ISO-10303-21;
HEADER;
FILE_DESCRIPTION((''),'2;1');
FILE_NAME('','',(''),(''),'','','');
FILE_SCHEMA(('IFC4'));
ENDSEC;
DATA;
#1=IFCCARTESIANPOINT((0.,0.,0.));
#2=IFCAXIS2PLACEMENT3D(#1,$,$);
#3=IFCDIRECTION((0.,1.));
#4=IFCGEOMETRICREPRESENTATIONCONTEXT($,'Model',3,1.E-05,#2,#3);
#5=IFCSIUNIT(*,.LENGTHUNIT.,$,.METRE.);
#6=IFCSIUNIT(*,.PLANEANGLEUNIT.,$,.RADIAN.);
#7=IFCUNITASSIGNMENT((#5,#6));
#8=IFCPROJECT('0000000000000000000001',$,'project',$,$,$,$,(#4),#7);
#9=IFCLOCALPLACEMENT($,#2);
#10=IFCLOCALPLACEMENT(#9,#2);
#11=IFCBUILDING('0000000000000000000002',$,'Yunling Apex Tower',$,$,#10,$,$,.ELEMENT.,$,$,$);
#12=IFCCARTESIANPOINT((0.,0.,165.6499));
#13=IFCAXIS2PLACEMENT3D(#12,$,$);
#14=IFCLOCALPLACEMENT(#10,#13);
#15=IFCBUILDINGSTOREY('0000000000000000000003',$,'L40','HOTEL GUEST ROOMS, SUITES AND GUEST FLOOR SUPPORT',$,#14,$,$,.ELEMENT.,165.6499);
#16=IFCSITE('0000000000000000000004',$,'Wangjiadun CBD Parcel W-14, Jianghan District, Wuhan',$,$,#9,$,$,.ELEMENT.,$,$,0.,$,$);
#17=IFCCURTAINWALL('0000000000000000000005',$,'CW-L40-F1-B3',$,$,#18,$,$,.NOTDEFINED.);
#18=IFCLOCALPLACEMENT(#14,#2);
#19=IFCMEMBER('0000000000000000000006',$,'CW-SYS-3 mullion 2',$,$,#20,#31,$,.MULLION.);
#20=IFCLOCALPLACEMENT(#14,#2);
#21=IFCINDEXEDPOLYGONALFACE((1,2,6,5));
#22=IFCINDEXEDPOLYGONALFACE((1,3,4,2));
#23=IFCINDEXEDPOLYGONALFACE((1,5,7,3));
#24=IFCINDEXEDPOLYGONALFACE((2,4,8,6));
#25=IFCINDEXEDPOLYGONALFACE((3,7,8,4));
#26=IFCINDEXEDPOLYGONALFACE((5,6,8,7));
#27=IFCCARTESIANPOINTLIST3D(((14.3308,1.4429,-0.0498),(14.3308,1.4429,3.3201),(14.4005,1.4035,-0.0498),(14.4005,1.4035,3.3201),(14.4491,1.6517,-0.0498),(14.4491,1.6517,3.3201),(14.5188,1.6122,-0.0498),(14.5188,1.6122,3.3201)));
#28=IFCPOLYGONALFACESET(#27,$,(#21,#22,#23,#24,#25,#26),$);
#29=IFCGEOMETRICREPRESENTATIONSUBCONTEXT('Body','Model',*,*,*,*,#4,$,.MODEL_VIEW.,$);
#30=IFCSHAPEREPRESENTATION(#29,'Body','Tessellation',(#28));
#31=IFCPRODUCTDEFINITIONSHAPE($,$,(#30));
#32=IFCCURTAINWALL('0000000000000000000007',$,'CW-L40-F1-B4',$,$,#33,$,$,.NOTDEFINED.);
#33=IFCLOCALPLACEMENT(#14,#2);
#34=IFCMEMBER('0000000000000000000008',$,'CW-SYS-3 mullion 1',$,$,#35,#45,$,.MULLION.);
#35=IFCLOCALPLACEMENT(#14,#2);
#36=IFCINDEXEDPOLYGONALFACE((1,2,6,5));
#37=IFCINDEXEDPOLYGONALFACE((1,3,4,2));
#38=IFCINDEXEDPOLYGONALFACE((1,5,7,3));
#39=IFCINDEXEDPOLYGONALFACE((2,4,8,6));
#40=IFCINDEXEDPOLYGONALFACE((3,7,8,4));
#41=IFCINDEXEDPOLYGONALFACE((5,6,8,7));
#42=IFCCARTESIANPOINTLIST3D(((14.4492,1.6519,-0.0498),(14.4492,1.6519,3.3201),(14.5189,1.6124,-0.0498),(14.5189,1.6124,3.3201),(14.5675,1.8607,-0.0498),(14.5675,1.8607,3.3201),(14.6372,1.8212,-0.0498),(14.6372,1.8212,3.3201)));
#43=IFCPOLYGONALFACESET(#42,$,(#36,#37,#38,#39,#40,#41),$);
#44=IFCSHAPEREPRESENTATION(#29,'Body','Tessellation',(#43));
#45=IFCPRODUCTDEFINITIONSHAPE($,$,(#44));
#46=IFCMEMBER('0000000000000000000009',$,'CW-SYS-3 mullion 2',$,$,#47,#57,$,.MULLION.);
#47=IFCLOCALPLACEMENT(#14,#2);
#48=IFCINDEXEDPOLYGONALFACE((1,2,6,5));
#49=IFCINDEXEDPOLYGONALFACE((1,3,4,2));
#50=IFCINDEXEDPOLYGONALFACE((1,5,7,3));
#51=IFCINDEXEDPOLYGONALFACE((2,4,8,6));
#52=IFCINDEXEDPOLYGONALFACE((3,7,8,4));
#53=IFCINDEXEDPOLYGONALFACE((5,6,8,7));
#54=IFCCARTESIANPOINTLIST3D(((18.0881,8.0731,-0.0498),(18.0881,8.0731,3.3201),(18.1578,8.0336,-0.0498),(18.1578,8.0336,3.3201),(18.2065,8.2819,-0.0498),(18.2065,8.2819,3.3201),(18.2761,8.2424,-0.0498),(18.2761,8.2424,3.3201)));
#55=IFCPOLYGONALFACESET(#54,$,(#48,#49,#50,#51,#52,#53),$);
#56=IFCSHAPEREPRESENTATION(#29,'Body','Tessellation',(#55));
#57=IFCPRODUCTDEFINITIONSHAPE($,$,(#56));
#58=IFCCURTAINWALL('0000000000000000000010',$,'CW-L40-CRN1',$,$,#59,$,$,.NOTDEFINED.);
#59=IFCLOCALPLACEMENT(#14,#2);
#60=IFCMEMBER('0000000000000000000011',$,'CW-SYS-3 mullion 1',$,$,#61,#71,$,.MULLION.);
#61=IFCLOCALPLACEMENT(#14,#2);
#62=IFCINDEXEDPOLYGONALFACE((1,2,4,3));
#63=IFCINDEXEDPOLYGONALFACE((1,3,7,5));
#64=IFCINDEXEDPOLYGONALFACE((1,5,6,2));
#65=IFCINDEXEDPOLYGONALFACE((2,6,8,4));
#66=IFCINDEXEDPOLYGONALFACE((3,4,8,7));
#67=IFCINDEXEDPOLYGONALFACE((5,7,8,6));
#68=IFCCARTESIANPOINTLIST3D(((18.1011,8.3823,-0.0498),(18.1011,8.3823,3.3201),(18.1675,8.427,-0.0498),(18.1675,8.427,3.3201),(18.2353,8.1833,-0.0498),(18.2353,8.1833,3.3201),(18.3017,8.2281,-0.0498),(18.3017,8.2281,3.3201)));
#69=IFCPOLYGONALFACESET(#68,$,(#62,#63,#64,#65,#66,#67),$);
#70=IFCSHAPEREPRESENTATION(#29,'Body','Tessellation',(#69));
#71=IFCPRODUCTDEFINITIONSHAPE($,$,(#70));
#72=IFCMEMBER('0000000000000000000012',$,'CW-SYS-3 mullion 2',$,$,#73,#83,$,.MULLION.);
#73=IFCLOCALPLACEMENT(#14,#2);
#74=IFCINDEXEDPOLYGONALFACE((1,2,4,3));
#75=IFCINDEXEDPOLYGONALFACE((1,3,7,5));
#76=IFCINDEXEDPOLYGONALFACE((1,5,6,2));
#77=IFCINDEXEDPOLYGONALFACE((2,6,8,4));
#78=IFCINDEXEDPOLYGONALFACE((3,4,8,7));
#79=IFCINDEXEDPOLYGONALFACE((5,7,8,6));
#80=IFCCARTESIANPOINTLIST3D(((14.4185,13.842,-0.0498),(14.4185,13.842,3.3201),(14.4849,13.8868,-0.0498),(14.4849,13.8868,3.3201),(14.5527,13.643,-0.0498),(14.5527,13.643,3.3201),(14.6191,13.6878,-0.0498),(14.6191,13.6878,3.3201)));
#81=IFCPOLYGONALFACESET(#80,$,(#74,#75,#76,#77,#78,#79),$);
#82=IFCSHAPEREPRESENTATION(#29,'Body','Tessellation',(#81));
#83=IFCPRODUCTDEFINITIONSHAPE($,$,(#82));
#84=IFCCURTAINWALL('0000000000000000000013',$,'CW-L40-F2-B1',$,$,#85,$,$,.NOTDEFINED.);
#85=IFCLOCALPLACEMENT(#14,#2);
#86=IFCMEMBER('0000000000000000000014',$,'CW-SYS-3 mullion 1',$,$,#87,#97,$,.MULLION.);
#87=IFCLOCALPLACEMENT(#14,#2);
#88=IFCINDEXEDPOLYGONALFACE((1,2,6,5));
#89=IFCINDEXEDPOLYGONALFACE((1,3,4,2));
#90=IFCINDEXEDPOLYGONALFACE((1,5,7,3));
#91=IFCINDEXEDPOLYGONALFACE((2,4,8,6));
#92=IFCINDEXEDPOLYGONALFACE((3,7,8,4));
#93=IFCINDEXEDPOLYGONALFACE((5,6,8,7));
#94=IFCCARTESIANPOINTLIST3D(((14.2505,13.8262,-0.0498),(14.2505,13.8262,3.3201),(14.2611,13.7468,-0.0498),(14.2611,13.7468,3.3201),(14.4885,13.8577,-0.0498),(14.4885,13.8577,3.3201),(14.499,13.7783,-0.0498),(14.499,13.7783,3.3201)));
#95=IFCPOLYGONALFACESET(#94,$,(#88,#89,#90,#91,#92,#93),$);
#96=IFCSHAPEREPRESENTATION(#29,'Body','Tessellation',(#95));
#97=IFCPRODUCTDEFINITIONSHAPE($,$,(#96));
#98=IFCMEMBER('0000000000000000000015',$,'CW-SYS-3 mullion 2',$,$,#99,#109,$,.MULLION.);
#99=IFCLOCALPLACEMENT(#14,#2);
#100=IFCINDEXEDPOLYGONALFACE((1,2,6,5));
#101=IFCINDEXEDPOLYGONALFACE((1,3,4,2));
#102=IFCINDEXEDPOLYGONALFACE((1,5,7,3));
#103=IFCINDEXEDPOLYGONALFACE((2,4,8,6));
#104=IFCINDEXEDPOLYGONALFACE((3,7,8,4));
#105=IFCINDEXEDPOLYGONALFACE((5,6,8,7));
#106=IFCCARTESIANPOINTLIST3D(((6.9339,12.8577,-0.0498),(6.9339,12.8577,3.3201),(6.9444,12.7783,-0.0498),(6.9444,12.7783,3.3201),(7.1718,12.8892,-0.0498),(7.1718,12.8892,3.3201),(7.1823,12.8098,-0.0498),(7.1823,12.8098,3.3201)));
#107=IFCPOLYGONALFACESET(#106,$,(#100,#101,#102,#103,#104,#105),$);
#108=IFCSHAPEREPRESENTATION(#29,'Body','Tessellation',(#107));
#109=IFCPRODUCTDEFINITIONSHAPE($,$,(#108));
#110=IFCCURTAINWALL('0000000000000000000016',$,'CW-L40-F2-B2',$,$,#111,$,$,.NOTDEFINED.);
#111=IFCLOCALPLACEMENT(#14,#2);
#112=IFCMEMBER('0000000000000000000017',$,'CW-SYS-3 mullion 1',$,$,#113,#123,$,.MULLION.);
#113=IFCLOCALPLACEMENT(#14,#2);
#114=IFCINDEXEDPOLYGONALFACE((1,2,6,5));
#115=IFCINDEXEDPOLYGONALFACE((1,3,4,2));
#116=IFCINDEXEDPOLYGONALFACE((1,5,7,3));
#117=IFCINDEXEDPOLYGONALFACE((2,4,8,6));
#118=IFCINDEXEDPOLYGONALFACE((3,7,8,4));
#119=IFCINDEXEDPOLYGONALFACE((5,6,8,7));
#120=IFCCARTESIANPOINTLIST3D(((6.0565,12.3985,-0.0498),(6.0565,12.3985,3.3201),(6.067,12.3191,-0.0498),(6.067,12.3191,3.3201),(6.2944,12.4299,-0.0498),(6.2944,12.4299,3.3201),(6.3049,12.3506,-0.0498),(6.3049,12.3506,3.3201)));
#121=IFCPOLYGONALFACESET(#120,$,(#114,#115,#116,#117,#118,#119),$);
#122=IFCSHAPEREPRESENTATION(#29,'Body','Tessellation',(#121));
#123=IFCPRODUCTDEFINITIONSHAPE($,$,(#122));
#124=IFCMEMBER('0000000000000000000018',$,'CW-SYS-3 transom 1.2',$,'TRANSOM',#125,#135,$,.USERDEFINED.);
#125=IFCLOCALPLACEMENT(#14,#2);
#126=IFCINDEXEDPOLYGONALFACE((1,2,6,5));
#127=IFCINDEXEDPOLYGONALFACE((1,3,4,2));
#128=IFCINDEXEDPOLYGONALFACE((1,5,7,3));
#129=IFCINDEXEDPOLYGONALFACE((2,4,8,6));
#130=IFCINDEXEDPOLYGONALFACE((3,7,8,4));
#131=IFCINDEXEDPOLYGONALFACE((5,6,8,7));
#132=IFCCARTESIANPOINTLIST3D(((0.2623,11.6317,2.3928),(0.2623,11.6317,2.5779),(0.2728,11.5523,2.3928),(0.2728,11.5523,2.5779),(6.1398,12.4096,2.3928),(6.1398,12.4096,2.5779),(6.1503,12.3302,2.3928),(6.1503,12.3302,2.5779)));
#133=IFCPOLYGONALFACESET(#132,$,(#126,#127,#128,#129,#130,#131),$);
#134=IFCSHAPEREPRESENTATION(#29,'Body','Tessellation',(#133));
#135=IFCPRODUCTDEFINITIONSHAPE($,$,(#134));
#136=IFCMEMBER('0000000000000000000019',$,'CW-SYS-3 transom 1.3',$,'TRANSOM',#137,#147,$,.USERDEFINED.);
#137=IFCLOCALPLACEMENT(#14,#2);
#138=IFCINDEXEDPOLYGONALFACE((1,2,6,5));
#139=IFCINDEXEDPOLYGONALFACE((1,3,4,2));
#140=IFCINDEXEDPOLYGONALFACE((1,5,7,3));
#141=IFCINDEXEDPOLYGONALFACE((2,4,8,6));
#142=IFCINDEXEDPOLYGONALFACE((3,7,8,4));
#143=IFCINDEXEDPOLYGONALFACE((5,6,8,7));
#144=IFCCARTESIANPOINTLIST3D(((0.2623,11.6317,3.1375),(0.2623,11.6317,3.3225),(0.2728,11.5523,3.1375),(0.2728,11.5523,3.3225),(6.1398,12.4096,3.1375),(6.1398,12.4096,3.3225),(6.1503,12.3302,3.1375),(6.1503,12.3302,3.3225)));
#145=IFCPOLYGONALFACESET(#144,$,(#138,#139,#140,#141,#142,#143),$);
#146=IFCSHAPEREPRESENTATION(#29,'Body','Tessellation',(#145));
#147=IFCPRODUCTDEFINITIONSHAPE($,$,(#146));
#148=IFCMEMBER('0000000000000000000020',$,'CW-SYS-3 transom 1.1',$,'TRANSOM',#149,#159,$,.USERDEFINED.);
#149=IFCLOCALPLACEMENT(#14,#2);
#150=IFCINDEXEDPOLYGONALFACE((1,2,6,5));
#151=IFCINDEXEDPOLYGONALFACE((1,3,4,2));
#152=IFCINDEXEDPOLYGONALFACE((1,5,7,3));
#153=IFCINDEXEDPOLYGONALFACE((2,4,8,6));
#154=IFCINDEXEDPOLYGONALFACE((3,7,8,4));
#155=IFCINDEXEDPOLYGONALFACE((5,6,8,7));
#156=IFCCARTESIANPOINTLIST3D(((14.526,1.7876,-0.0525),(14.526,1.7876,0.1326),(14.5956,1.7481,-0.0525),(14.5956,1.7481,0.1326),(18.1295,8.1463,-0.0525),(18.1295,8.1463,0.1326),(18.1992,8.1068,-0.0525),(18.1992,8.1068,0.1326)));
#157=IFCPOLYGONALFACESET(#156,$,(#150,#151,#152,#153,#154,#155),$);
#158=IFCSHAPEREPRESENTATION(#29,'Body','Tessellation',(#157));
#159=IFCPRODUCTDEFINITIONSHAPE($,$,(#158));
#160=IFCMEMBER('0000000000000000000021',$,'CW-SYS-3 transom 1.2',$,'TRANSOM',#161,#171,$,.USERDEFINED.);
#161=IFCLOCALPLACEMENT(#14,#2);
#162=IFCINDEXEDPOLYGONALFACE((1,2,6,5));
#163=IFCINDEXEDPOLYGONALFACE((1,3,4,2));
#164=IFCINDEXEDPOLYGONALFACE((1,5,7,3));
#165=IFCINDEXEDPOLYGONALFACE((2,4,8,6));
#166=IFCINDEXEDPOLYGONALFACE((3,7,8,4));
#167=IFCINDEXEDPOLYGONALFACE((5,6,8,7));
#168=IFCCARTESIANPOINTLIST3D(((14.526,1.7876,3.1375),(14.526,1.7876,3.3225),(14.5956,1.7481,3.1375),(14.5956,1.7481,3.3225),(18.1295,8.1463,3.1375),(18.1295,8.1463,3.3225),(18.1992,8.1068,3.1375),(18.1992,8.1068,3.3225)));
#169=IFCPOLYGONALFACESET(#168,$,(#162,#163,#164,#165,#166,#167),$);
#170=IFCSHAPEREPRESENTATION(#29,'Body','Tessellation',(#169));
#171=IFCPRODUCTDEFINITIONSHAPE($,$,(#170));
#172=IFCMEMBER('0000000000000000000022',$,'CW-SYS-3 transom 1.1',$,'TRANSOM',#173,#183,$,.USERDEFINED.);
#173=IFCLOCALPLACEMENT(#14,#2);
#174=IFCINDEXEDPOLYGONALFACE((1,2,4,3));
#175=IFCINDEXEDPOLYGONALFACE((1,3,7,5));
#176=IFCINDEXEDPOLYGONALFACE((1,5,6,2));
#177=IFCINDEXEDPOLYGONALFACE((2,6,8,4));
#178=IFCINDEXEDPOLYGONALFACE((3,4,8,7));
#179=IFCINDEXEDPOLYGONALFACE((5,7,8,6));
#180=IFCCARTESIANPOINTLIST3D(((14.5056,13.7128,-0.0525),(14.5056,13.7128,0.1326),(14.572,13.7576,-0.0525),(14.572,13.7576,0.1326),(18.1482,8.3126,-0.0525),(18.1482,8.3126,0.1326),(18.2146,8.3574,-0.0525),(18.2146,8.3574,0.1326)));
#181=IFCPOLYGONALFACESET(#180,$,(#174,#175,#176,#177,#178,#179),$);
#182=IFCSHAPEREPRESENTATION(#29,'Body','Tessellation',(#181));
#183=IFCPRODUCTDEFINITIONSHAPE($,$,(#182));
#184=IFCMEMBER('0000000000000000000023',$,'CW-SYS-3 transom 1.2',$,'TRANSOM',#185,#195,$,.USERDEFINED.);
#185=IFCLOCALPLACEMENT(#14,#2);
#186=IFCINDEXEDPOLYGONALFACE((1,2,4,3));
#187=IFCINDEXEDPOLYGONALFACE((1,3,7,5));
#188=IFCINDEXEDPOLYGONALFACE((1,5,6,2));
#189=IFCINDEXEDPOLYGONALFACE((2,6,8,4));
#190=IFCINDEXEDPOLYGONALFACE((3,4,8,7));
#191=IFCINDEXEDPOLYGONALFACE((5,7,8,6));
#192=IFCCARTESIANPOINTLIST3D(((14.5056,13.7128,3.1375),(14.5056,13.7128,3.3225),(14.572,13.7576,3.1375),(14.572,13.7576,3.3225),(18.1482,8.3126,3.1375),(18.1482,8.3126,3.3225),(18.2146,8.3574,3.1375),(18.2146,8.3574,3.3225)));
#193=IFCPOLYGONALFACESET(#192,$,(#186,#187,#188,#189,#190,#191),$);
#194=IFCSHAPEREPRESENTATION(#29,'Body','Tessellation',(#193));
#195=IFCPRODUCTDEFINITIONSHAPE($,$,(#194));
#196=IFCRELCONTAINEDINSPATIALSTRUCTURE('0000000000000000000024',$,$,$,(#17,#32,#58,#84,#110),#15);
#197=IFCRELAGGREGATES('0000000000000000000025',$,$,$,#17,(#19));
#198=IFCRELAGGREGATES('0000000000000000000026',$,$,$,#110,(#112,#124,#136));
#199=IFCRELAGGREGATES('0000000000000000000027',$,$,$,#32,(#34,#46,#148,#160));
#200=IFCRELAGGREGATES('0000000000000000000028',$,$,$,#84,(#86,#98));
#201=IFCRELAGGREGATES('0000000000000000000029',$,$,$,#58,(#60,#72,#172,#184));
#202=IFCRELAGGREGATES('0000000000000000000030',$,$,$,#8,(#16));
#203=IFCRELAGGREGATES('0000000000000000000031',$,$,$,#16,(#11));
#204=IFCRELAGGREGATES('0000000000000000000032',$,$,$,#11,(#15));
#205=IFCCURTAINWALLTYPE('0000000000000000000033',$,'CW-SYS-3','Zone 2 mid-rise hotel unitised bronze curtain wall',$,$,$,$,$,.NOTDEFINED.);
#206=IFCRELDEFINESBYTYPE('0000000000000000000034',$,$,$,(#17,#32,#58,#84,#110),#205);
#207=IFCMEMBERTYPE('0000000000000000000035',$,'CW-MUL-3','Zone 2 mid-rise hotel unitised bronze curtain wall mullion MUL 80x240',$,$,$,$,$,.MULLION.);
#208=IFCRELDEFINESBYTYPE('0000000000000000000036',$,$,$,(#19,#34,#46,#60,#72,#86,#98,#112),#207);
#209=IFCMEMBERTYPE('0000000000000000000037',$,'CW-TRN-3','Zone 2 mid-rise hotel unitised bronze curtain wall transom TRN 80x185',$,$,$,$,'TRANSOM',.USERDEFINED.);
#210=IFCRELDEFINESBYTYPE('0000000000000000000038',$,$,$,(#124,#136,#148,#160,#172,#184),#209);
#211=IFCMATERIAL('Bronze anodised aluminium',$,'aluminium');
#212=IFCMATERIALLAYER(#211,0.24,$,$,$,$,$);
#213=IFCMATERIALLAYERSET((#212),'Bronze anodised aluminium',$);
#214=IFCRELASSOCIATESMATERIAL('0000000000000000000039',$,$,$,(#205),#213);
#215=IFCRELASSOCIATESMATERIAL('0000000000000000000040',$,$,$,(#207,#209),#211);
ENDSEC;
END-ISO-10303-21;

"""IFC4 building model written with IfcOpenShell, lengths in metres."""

from ifc_helpers import new_model, si_unit, direction, frame, origin, origin_2d, place, context, subcontext, project, spatial, rectangle, extrude, source, transform, mapped, material, layer, layer_set, material_profile, profile_set, type_object, element, aggregate, save


model = new_model("IFC4")

# Units and contexts
model_context = context("Model", 3, precision=1e-05, world=origin(), true_north=direction((0.0, 1.0)))
body_context = subcontext(model_context, "Body", "Model", "MODEL_VIEW")
ifc_project = project(units=[si_unit("LENGTHUNIT", "METRE"), si_unit("PLANEANGLEUNIT", "RADIAN")], contexts=[model_context])

# Site, building, storey
site_placement = place(None, origin())
site = spatial("IfcSite", under=ifc_project, at=site_placement, Name="Wangjiadun CBD Parcel W-14, Jianghan District, Wuhan", CompositionType="ELEMENT", RefElevation=0.0)
building_placement = place(site_placement, origin())
building = spatial("IfcBuilding", under=site, at=building_placement, Name="Yunling Apex Tower", CompositionType="ELEMENT")
storey_placement = place(building_placement, frame((0.0, 0.0, 165.6499)))
storey = spatial("IfcBuildingStorey", under=building, at=storey_placement, Name="L40", Description="HOTEL GUEST ROOMS, SUITES AND GUEST FLOOR SUPPORT", CompositionType="ELEMENT", Elevation=165.6499)

# Curtain wall, member
ifc_material_1 = material(Name="Bronze anodised aluminium", Category="aluminium")
ifc_layer_1 = layer(ifc_material_1, 0.24)
ifc_layer_set_1 = layer_set([ifc_layer_1], Name="Bronze anodised aluminium")
curtain_wall_type = type_object("IfcCurtainWallType", Name="CW-SYS-3", Description="Zone 2 mid-rise hotel unitised bronze curtain wall", PredefinedType="NOTDEFINED", material=ifc_layer_set_1)
curtain_wall_1_placement = place(storey_placement, origin())
curtain_wall_1 = element("IfcCurtainWall", 1, at=curtain_wall_1_placement, inside=storey, type_object=curtain_wall_type, Name="CW-L40-F1-B3", PredefinedType="NOTDEFINED")
ifc_material_profile_1 = material_profile(ifc_material_1, rectangle(XDim=0.0801, YDim=0.24, at=origin_2d()))
ifc_profile_set_1 = profile_set([ifc_material_profile_1], Name="Bronze anodised aluminium")
member_type_1 = type_object("IfcMemberType", Name="CW-MUL-3", Description="Zone 2 mid-rise hotel unitised bronze curtain wall mullion MUL 80x240", PredefinedType="MULLION", material=ifc_profile_set_1)
shared_shape_1 = source(origin(), body_context, "Body", "SweptSolid", [
    extrude(rectangle(XDim=0.0801, YDim=0.24, at=origin_2d()), origin(), (0.0, 0.0, 1.0), 3.3699),
])
member_1_placement = place(storey_placement, frame((14.4248, 1.5276, -0.0498), z_axis=(0.0, 0.0, 1.0), x_axis=(-0.870009, 0.493035, 0.0)))
member_1 = element("IfcMember", 2, at=member_1_placement, type_object=member_type_1, Name="CW-SYS-3 mullion 2", PredefinedType="MULLION", context=body_context, shape_type="MappedRepresentation", body=[
    mapped(shared_shape_1, transform((0.0, 0.0, 0.0), scale=1.0)),
])
aggregate(curtain_wall_1, [member_1])

# Curtain walls, members
curtain_wall_2_placement = place(storey_placement, origin())
curtain_wall_2 = element("IfcCurtainWall", 3, at=curtain_wall_2_placement, inside=storey, type_object=curtain_wall_type, Name="CW-L40-F1-B4", PredefinedType="NOTDEFINED")
member_2_placement = place(storey_placement, frame((14.5432, 1.7366, -0.0498), z_axis=(0.0, 0.0, 1.0), x_axis=(-0.870006, 0.493041, 0.0)))
member_2 = element("IfcMember", 4, at=member_2_placement, type_object=member_type_1, Name="CW-SYS-3 mullion 1", PredefinedType="MULLION", context=body_context, shape_type="MappedRepresentation", body=[
    mapped(shared_shape_1, transform((0.0, 0.0, 0.0), scale=1.0)),
])
member_3_placement = place(storey_placement, frame((18.1821, 8.1577, -0.0498), z_axis=(0.0, 0.0, 1.0), x_axis=(-0.870006, 0.493041, 0.0)))
member_3 = element("IfcMember", 5, at=member_3_placement, type_object=member_type_1, Name="CW-SYS-3 mullion 2", PredefinedType="MULLION", context=body_context, shape_type="MappedRepresentation", body=[
    mapped(shared_shape_1, transform((0.0, 0.0, 0.0), scale=1.0)),
])
curtain_wall_3_placement = place(storey_placement, origin())
curtain_wall_3 = element("IfcCurtainWall", 6, at=curtain_wall_3_placement, inside=storey, type_object=curtain_wall_type, Name="CW-L40-CRN1", PredefinedType="NOTDEFINED")
member_4_placement = place(storey_placement, frame((18.2014, 8.3052, -0.0498), z_axis=(0.0, 0.0, 1.0), x_axis=(-0.829038, -0.559193, 0.0)))
member_4 = element("IfcMember", 7, at=member_4_placement, type_object=member_type_1, Name="CW-SYS-3 mullion 1", PredefinedType="MULLION", context=body_context, shape_type="MappedRepresentation", body=[
    mapped(shared_shape_1, transform((0.0, 0.0, 0.0), scale=1.0)),
])
member_5_placement = place(storey_placement, frame((14.5188, 13.7649, -0.0498), z_axis=(0.0, 0.0, 1.0), x_axis=(-0.829038, -0.559193, 0.0)))
member_5 = element("IfcMember", 8, at=member_5_placement, type_object=member_type_1, Name="CW-SYS-3 mullion 2", PredefinedType="MULLION", context=body_context, shape_type="MappedRepresentation", body=[
    mapped(shared_shape_1, transform((0.0, 0.0, 0.0), scale=1.0)),
])
curtain_wall_4_placement = place(storey_placement, origin())
curtain_wall_4 = element("IfcCurtainWall", 9, at=curtain_wall_4_placement, inside=storey, type_object=curtain_wall_type, Name="CW-L40-F2-B1", PredefinedType="NOTDEFINED")
member_6_placement = place(storey_placement, frame((14.3748, 13.8022, -0.0498), z_axis=(0.0, 0.0, 1.0), x_axis=(0.131222, -0.991353, 0.0)))
member_6 = element("IfcMember", 10, at=member_6_placement, type_object=member_type_1, Name="CW-SYS-3 mullion 1", PredefinedType="MULLION", context=body_context, shape_type="MappedRepresentation", body=[
    mapped(shared_shape_1, transform((0.0, 0.0, 0.0), scale=1.0)),
])
member_7_placement = place(storey_placement, frame((7.0581, 12.8337, -0.0498), z_axis=(0.0, 0.0, 1.0), x_axis=(0.131222, -0.991353, 0.0)))
member_7 = element("IfcMember", 11, at=member_7_placement, type_object=member_type_1, Name="CW-SYS-3 mullion 2", PredefinedType="MULLION", context=body_context, shape_type="MappedRepresentation", body=[
    mapped(shared_shape_1, transform((0.0, 0.0, 0.0), scale=1.0)),
])
curtain_wall_5_placement = place(storey_placement, origin())
curtain_wall_5 = element("IfcCurtainWall", 12, at=curtain_wall_5_placement, inside=storey, type_object=curtain_wall_type, Name="CW-L40-F2-B2", PredefinedType="NOTDEFINED")
member_8_placement = place(storey_placement, frame((6.1807, 12.3745, -0.0498), z_axis=(0.0, 0.0, 1.0), x_axis=(0.131205, -0.991355, 0.0)))
member_8 = element("IfcMember", 13, at=member_8_placement, type_object=member_type_1, Name="CW-SYS-3 mullion 1", PredefinedType="MULLION", context=body_context, shape_type="MappedRepresentation", body=[
    mapped(shared_shape_1, transform((0.0, 0.0, 0.0), scale=1.0)),
])
ifc_material_profile_2 = material_profile(ifc_material_1, rectangle(XDim=0.0801, YDim=0.1851, at=origin_2d()))
ifc_profile_set_2 = profile_set([ifc_material_profile_2], Name="Bronze anodised aluminium")
member_type_2 = type_object("IfcMemberType", Name="CW-TRN-3", Description="Zone 2 mid-rise hotel unitised bronze curtain wall transom TRN 80x185", ElementType="TRANSOM", PredefinedType="USERDEFINED", material=ifc_profile_set_2)
shared_shape_2 = source(origin(), body_context, "Body", "SweptSolid", [
    extrude(rectangle(XDim=0.0801, YDim=0.1851, at=origin_2d()), origin(), (0.0, 0.0, 1.0), 5.9287),
])
member_9_placement = place(storey_placement, frame((6.145, 12.3699, 2.4854), z_axis=(-0.991356, -0.131198, 0.0), x_axis=(0.131198, -0.991356, 0.0)))
member_9 = element("IfcMember", 14, at=member_9_placement, type_object=member_type_2, Name="CW-SYS-3 transom 1.2", ObjectType="TRANSOM", PredefinedType="USERDEFINED", context=body_context, shape_type="MappedRepresentation", body=[
    mapped(shared_shape_2, transform((0.0, 0.0, 0.0), scale=1.0)),
])
member_10_placement = place(storey_placement, frame((6.145, 12.3699, 3.23), z_axis=(-0.991356, -0.131198, 0.0), x_axis=(0.131198, -0.991356, 0.0)))
member_10 = element("IfcMember", 15, at=member_10_placement, type_object=member_type_2, Name="CW-SYS-3 transom 1.3", ObjectType="TRANSOM", PredefinedType="USERDEFINED", context=body_context, shape_type="MappedRepresentation", body=[
    mapped(shared_shape_2, transform((0.0, 0.0, 0.0), scale=1.0)),
])
aggregate(curtain_wall_5, [member_8, member_9, member_10])

# Members
shared_shape_3 = source(origin(), body_context, "Body", "SweptSolid", [
    extrude(rectangle(XDim=0.0801, YDim=0.1851, at=origin_2d()), origin(), (0.0, 0.0, 1.0), 7.3088),
])
member_11_placement = place(storey_placement, frame((14.5608, 1.7678, 0.04), z_axis=(0.493042, 0.870005, 0.0), x_axis=(-0.870005, 0.493042, 0.0)))
member_11 = element("IfcMember", 16, at=member_11_placement, type_object=member_type_2, Name="CW-SYS-3 transom 1.1", ObjectType="TRANSOM", PredefinedType="USERDEFINED", context=body_context, shape_type="MappedRepresentation", body=[
    mapped(shared_shape_3, transform((0.0, 0.0, 0.0), scale=1.0)),
])
member_12_placement = place(storey_placement, frame((14.5608, 1.7678, 3.23), z_axis=(0.493042, 0.870005, 0.0), x_axis=(-0.870005, 0.493042, 0.0)))
member_12 = element("IfcMember", 17, at=member_12_placement, type_object=member_type_2, Name="CW-SYS-3 transom 1.2", ObjectType="TRANSOM", PredefinedType="USERDEFINED", context=body_context, shape_type="MappedRepresentation", body=[
    mapped(shared_shape_3, transform((0.0, 0.0, 0.0), scale=1.0)),
])
shared_shape_4 = source(origin(), body_context, "Body", "SweptSolid", [
    extrude(rectangle(XDim=0.0801, YDim=0.1851, at=origin_2d()), origin(), (0.0, 0.0, 1.0), 6.5139),
])
member_13_placement = place(storey_placement, frame((18.1814, 8.335, 0.04), z_axis=(-0.559207, 0.829028, 0.0), x_axis=(-0.829028, -0.559207, 0.0)))
member_13 = element("IfcMember", 18, at=member_13_placement, type_object=member_type_2, Name="CW-SYS-3 transom 1.1", ObjectType="TRANSOM", PredefinedType="USERDEFINED", context=body_context, shape_type="MappedRepresentation", body=[
    mapped(shared_shape_4, transform((0.0, 0.0, 0.0), scale=1.0)),
])
member_14_placement = place(storey_placement, frame((18.1814, 8.335, 3.23), z_axis=(-0.559207, 0.829028, 0.0), x_axis=(-0.829028, -0.559207, 0.0)))
member_14 = element("IfcMember", 19, at=member_14_placement, type_object=member_type_2, Name="CW-SYS-3 transom 1.2", ObjectType="TRANSOM", PredefinedType="USERDEFINED", context=body_context, shape_type="MappedRepresentation", body=[
    mapped(shared_shape_4, transform((0.0, 0.0, 0.0), scale=1.0)),
])

aggregate(curtain_wall_2, [member_2, member_3, member_11, member_12])
aggregate(curtain_wall_4, [member_6, member_7])
aggregate(curtain_wall_3, [member_4, member_5, member_13, member_14])

save(model, "model.ifc")
